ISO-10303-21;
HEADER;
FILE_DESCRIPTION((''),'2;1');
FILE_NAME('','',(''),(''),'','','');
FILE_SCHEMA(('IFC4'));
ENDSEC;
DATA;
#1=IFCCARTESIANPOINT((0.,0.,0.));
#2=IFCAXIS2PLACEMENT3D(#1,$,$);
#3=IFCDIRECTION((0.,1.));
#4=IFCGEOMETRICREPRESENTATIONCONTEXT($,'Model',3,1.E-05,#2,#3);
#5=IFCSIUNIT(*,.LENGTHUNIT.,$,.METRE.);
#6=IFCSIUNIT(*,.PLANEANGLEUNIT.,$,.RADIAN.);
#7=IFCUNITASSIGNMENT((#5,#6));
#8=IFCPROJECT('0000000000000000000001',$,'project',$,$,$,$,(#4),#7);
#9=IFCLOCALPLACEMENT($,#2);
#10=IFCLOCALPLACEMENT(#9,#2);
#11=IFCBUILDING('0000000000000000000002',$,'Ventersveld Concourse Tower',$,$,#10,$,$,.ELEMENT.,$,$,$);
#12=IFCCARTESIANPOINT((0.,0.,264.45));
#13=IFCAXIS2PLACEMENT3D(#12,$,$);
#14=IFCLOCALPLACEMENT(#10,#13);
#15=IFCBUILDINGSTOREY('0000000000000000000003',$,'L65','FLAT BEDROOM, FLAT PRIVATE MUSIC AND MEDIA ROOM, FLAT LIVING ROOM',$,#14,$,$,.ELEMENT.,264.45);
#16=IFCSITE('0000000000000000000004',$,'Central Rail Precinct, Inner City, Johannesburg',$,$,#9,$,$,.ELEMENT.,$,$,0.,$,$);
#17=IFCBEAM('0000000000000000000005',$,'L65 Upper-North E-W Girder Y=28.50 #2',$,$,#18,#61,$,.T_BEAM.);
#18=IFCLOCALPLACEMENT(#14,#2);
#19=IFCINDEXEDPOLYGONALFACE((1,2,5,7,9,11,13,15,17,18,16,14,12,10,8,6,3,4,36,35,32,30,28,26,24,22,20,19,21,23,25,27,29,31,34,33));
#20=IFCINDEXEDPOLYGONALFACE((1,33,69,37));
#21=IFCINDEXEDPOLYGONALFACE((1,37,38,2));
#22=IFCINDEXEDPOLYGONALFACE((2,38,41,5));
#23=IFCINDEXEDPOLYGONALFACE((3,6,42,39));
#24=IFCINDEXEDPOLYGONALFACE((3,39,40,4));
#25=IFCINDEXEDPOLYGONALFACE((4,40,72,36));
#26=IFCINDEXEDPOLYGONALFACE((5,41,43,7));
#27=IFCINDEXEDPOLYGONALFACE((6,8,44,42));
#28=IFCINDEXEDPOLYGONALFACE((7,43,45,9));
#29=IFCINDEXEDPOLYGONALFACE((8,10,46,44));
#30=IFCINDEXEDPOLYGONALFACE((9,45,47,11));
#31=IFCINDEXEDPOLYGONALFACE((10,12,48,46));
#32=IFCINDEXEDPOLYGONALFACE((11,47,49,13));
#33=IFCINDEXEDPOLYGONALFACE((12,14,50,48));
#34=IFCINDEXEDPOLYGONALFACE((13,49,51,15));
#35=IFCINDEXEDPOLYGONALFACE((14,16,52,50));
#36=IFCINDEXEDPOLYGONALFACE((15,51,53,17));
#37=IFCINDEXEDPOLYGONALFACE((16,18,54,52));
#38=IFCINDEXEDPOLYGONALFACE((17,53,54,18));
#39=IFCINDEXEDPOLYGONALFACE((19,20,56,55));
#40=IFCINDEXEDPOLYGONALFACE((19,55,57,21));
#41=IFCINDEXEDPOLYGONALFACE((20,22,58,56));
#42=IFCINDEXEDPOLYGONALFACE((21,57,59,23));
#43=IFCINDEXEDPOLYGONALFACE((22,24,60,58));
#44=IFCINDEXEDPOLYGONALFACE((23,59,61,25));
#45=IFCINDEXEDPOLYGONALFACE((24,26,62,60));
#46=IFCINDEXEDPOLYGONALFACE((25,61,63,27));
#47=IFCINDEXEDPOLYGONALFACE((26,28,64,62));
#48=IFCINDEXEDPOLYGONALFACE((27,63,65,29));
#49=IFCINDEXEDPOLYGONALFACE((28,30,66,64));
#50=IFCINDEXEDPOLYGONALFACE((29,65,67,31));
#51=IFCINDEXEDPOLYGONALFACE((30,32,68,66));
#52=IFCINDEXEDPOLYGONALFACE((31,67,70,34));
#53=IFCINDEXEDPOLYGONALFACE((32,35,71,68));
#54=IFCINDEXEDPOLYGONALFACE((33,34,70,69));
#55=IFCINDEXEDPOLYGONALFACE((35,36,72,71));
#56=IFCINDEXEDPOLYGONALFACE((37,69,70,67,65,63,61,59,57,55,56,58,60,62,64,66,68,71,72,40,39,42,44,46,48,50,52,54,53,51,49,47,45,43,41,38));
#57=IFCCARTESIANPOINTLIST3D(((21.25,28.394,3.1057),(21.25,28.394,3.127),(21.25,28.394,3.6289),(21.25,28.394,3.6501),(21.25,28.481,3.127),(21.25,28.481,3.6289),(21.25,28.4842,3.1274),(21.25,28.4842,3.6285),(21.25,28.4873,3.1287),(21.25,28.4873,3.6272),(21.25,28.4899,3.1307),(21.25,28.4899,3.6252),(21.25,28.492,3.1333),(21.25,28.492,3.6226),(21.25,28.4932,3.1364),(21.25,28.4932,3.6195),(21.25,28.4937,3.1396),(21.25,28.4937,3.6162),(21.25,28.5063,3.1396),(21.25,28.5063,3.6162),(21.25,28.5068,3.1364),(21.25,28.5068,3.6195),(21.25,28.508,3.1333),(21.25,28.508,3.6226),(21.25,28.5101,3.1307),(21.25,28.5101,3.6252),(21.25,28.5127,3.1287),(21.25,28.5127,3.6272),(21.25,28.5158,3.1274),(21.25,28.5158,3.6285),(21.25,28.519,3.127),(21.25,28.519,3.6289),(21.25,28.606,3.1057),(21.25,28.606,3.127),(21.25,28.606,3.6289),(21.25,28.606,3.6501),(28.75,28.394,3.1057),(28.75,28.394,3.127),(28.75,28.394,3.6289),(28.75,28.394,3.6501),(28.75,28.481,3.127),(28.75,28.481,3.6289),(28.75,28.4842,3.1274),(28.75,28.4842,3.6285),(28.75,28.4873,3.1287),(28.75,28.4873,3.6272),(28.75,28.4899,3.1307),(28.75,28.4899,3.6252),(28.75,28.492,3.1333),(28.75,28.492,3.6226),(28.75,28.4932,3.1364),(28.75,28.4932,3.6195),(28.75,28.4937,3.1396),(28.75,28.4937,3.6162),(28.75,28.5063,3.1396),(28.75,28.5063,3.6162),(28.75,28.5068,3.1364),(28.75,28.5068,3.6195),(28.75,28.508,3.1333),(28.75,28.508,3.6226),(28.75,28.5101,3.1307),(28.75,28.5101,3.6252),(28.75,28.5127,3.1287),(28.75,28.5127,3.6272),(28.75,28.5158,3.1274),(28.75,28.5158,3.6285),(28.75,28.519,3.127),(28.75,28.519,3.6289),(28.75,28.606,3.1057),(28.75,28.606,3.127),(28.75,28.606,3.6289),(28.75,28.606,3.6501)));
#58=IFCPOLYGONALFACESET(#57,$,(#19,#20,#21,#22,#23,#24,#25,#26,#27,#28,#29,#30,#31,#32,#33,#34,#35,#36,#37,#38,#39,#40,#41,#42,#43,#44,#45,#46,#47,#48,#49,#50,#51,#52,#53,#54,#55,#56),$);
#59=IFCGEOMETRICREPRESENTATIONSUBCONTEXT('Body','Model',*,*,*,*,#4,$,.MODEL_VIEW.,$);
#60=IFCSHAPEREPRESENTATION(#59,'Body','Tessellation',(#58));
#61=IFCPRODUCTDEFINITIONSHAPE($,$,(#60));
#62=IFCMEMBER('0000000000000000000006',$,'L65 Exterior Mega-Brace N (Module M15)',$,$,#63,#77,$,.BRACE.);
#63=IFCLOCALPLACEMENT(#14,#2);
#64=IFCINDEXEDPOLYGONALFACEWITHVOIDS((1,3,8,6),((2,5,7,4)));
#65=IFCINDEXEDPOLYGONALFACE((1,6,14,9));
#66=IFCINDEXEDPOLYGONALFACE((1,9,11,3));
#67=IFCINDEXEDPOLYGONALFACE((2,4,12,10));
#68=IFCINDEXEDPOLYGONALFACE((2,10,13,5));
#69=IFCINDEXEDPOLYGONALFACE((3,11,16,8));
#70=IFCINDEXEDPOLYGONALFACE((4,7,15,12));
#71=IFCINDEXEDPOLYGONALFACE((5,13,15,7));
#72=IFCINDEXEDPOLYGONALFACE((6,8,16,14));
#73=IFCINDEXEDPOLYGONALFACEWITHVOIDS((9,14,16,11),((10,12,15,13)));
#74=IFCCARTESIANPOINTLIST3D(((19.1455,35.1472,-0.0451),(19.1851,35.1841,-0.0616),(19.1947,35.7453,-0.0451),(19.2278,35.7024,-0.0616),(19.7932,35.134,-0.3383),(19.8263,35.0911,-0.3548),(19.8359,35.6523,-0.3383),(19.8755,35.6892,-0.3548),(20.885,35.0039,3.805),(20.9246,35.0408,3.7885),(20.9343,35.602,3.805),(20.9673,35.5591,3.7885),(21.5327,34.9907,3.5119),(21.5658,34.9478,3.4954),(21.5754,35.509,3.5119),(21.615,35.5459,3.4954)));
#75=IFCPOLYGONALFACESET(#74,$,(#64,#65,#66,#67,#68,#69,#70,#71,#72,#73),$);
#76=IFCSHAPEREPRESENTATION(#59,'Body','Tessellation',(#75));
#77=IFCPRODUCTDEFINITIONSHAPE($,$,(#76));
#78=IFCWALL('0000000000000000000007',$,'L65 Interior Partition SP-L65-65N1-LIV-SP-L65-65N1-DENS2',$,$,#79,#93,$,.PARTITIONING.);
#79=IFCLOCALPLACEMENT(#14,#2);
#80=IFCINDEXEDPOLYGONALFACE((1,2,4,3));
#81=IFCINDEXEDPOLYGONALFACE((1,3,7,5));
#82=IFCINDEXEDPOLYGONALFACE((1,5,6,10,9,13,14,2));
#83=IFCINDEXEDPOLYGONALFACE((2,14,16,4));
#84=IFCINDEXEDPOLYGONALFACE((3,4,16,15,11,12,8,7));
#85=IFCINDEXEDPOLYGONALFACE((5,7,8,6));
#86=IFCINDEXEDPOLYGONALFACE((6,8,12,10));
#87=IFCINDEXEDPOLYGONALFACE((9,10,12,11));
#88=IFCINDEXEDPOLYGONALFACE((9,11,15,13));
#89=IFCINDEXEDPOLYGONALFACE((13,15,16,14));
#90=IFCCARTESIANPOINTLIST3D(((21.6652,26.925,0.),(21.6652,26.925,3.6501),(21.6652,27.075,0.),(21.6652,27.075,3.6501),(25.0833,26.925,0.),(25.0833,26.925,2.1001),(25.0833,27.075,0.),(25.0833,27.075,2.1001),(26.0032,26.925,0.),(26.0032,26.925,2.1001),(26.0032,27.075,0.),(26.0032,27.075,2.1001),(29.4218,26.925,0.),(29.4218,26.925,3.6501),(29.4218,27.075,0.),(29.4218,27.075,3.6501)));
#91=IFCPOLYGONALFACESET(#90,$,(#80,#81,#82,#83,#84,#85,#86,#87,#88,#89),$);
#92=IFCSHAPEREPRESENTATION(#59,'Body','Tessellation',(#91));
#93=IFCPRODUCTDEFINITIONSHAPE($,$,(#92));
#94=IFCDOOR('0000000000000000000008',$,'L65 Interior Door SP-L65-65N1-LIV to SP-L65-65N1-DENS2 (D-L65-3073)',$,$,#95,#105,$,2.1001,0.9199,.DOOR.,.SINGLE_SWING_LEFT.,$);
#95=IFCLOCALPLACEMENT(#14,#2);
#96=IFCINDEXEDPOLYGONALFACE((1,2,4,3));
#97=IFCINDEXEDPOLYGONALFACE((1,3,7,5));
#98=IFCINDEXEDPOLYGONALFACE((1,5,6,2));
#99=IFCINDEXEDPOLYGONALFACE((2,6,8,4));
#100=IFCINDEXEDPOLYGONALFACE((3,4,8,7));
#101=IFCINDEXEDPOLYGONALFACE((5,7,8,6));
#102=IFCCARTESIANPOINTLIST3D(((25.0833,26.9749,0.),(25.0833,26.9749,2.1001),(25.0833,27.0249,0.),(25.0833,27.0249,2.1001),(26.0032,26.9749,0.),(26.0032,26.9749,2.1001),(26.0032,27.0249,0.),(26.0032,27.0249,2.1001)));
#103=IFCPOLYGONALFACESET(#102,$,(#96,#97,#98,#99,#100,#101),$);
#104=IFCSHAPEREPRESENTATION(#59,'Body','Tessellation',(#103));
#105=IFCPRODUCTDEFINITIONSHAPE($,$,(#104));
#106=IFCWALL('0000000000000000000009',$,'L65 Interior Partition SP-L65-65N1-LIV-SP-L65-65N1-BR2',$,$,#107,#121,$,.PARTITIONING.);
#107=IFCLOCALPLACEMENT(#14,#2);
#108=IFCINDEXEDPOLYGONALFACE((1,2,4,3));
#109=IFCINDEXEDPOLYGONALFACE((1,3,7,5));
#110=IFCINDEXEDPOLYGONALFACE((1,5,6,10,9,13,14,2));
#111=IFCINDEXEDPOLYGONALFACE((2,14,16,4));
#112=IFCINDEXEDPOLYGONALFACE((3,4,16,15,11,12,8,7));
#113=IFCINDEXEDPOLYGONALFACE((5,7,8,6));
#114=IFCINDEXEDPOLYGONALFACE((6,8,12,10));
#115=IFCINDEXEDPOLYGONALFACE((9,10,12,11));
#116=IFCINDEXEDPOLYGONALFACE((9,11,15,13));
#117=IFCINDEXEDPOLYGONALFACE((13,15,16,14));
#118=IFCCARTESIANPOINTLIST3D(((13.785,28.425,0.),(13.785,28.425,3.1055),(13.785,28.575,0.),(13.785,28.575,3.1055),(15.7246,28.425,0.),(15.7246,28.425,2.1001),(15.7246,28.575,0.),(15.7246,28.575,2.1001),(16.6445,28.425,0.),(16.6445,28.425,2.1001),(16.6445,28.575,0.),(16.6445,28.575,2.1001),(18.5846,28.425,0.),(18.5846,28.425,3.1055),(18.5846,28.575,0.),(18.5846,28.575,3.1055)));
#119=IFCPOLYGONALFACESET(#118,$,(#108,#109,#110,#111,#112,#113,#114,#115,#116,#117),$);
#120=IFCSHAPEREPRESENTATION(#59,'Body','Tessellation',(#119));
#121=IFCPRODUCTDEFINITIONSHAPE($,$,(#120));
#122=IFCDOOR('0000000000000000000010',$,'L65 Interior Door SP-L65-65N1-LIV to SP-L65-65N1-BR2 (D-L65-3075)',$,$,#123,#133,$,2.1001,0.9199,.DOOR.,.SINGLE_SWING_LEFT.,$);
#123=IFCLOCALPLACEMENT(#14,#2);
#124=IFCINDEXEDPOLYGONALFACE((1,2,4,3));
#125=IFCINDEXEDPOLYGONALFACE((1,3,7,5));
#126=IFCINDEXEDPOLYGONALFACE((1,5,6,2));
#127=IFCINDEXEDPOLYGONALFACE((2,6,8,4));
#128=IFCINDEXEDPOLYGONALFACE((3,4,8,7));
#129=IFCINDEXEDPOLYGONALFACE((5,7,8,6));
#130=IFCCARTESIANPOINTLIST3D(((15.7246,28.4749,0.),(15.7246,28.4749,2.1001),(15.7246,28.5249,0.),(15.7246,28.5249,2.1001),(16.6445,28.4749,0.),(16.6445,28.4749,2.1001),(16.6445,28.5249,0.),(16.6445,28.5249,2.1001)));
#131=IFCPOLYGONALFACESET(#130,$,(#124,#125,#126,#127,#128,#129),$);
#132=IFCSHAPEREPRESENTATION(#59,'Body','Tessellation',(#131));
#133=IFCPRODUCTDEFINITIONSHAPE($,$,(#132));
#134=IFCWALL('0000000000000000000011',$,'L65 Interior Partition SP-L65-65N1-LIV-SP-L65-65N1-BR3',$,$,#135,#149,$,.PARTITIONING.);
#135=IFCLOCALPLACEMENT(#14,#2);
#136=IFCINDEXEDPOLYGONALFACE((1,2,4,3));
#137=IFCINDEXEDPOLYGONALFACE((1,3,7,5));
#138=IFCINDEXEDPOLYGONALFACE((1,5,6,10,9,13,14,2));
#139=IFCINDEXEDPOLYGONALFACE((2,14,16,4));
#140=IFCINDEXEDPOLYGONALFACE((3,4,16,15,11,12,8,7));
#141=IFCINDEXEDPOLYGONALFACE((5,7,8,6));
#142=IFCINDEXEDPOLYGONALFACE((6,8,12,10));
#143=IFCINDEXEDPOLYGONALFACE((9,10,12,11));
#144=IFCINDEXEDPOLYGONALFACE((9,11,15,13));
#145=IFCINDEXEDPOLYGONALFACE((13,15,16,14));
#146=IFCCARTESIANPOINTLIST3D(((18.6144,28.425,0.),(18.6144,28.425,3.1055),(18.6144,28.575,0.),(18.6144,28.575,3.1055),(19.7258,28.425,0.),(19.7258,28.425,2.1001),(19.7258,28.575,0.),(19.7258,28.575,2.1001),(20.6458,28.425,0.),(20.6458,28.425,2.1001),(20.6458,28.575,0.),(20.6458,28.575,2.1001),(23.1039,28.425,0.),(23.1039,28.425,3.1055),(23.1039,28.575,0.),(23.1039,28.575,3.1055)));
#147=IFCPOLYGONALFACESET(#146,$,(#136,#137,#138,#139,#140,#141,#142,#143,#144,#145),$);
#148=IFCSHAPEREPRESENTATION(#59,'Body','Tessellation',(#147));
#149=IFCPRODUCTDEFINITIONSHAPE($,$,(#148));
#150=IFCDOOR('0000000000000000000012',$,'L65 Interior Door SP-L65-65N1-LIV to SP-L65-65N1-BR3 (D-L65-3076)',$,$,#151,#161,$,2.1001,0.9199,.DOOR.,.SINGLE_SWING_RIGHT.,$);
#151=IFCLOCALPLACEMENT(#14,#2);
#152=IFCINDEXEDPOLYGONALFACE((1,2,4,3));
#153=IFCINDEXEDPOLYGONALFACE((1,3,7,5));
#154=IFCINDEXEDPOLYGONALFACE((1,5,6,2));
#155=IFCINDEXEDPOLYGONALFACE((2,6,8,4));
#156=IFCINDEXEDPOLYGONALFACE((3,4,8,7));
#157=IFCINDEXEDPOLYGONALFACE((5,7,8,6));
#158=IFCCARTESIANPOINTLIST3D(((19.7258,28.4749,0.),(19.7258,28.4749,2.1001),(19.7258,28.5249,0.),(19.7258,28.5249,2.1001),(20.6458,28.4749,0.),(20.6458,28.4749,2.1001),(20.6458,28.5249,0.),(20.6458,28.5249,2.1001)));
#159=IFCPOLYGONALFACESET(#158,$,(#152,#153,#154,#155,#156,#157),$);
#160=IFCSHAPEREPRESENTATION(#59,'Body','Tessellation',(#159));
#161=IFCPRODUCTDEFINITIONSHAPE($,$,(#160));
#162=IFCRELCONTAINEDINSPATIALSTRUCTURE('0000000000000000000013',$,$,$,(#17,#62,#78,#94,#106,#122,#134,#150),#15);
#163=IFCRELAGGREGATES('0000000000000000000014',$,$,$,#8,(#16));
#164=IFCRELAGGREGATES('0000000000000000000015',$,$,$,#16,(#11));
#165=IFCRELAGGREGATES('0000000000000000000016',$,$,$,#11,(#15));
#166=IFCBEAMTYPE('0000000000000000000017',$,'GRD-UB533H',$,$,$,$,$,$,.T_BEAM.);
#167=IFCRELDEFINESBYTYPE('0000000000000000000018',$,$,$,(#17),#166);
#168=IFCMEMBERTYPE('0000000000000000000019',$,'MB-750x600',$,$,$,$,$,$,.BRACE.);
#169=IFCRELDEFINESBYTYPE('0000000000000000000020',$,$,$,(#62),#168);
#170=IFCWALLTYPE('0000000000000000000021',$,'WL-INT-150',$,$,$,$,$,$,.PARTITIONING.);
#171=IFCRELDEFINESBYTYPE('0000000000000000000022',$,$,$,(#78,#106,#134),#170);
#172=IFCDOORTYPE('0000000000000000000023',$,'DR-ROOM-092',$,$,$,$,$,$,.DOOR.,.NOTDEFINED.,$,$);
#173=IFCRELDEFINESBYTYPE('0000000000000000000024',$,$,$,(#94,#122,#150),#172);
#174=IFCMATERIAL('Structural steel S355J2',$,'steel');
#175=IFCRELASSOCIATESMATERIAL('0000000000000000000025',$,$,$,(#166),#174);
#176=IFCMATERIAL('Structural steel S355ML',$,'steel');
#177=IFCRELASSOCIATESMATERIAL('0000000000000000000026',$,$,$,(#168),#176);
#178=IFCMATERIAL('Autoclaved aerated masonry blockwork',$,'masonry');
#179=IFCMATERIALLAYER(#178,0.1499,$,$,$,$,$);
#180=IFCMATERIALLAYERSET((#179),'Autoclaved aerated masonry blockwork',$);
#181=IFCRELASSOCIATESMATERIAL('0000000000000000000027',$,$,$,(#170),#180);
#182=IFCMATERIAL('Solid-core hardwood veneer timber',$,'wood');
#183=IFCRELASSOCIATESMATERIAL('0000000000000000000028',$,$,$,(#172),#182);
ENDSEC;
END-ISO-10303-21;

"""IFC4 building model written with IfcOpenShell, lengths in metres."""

from ifc_helpers import new_model, si_unit, direction, frame, frame_2d, origin, origin_2d, place, context, subcontext, project, spatial, rectangle, hollow_rectangle, i_section, extrude, material, layer, layer_set, material_profile, profile_set, type_object, element, fill, save


model = new_model("IFC4")

# Units and contexts
model_context = context("Model", 3, precision=1e-05, world=origin(), true_north=direction((0.0, 1.0)))
body_context = subcontext(model_context, "Body", "Model", "MODEL_VIEW")
ifc_project = project(units=[si_unit("LENGTHUNIT", "METRE"), si_unit("PLANEANGLEUNIT", "RADIAN")], contexts=[model_context])

# Site, building, storey
site_placement = place(None, origin())
site = spatial("IfcSite", under=ifc_project, at=site_placement, Name="Central Rail Precinct, Inner City, Johannesburg", CompositionType="ELEMENT", RefElevation=0.0)
building_placement = place(site_placement, origin())
building = spatial("IfcBuilding", under=site, at=building_placement, Name="Ventersveld Concourse Tower", CompositionType="ELEMENT")
storey_placement = place(building_placement, frame((0.0, 0.0, 264.45)))
storey = spatial("IfcBuildingStorey", under=building, at=storey_placement, Name="L65", Description="FLAT BEDROOM, FLAT PRIVATE MUSIC AND MEDIA ROOM, FLAT LIVING ROOM", CompositionType="ELEMENT", Elevation=264.45)

# Beam
ifc_material_1 = material(Name="Structural steel S355J2", Category="steel")
ifc_material_profile_1 = material_profile(ifc_material_1, i_section(OverallWidth=0.2119, OverallDepth=0.5444, WebThickness=0.0127, FlangeThickness=0.0212, FilletRadius=0.0127, at=origin_2d()), Name="UB 533x210x122")
ifc_profile_set_1 = profile_set([ifc_material_profile_1], Name="Structural steel S355J2")
beam_type_1 = type_object("IfcBeamType", Name="GRD-UB533H", PredefinedType="T_BEAM", material=ifc_profile_set_1)
for number, where, z_axis, x_axis, name in (
    (1, (21.25, 28.5, 3.3779), (1.0, 0.0, 0.0), (0.0, 1.0, 0.0), "L65 Upper-North E-W Girder Y=28.50 #2"),
):
    element("IfcBeam", number, at=place(storey_placement, frame(where, z_axis=z_axis, x_axis=x_axis)), inside=storey, type_object=beam_type_1, Name=name, PredefinedType="T_BEAM", context=body_context, shape_type="SweptSolid", body=[
        extrude(i_section(OverallWidth=0.2119, OverallDepth=0.5444, WebThickness=0.0127, FlangeThickness=0.0212, FilletRadius=0.0127, at=origin_2d()), origin(), (0.0, 0.0, 1.0), 7.5),
    ])

# Member
ifc_material_2 = material(Name="Structural steel S355ML", Category="steel")
ifc_material_profile_2 = material_profile(ifc_material_2, hollow_rectangle(XDim=0.6001, YDim=0.75, WallThickness=0.04, at=origin_2d()), Name="BOX 750x600x40")
ifc_profile_set_2 = profile_set([ifc_material_profile_2], Name="Structural steel S355ML")
member_type = type_object("IfcMemberType", Name="MB-750x600", PredefinedType="BRACE", material=ifc_profile_set_2)
member_placement = place(storey_placement, frame((19.5105, 35.4182, -0.2), z_axis=(0.411497, -0.033902, 0.91078), x_axis=(0.082108, 0.996623, 0.0)))
element("IfcMember", 2, at=member_placement, inside=storey, type_object=member_type, Name="L65 Exterior Mega-Brace N (Module M15)", PredefinedType="BRACE", context=body_context, shape_type="SweptSolid", body=[
    extrude(hollow_rectangle(XDim=0.6001, YDim=0.75, WallThickness=0.04, at=origin_2d()), origin(), (0.0, 0.0, 1.0), 4.2273),
])

# Walls, openings, doors
ifc_material_3 = material(Name="Autoclaved aerated masonry blockwork", Category="masonry")
ifc_layer = layer(ifc_material_3, 0.1499)
ifc_layer_set = layer_set([ifc_layer], Name="Autoclaved aerated masonry blockwork")
wall_type = type_object("IfcWallType", Name="WL-INT-150", PredefinedType="PARTITIONING", material=ifc_layer_set)
wall_1_placement = place(storey_placement, frame((21.665, 27.0, 0.0), z_axis=(0.0, 0.0, 1.0), x_axis=(1.0, 0.0, 0.0)))
wall_1 = element("IfcWall", 3, at=wall_1_placement, inside=storey, type_object=wall_type, Name="L65 Interior Partition SP-L65-65N1-LIV-SP-L65-65N1-DENS2", PredefinedType="PARTITIONING", context=body_context, shape_type="SweptSolid", body=[
    extrude(rectangle(XDim=7.7566, YDim=0.1499, at=frame_2d((3.8784, 0.0))), origin(), (0.0, 0.0, 1.0), 3.6501),
])
opening_1_placement = place(wall_1_placement, frame((3.4182, 0.0, 0.0)))
opening_1 = element("IfcOpeningElement", 4, at=opening_1_placement, cuts=wall_1, PredefinedType="OPENING", context=body_context, shape_type="SweptSolid", body=[
    extrude(rectangle(XDim=0.9199, YDim=2.1001, at=frame_2d((0.46, 1.05))), frame((0.0, 0.085, 0.0), z_axis=(0.0, -1.0, 0.0), x_axis=(1.0, 0.0, 0.0)), (0.0, 0.0, 1.0), 0.1699),
])
ifc_material_4 = material(Name="Solid-core hardwood veneer timber", Category="wood")
door_type = type_object("IfcDoorType", Name="DR-ROOM-092", OperationType="NOTDEFINED", PredefinedType="DOOR", material=ifc_material_4)
door_1_placement = place(opening_1_placement, origin())
door_1 = element("IfcDoor", 5, at=door_1_placement, inside=storey, type_object=door_type, Name="L65 Interior Door SP-L65-65N1-LIV to SP-L65-65N1-DENS2 (D-L65-3073)", OperationType="SINGLE_SWING_LEFT", OverallHeight=2.1001, OverallWidth=0.9199, PredefinedType="DOOR", context=body_context, shape_type="SweptSolid", body=[
    extrude(rectangle(XDim=0.9199, YDim=2.1001, at=frame_2d((0.46, 1.05))), frame((0.0, 0.0249, 0.0), z_axis=(0.0, -1.0, 0.0), x_axis=(1.0, 0.0, 0.0)), (0.0, 0.0, 1.0), 0.05),
])
fill(opening_1, door_1)
wall_2_placement = place(storey_placement, frame((13.7849, 28.5, 0.0), z_axis=(0.0, 0.0, 1.0), x_axis=(1.0, 0.0, 0.0)))
wall_2 = element("IfcWall", 6, at=wall_2_placement, inside=storey, type_object=wall_type, Name="L65 Interior Partition SP-L65-65N1-LIV-SP-L65-65N1-BR2", PredefinedType="PARTITIONING", context=body_context, shape_type="SweptSolid", body=[
    extrude(rectangle(XDim=4.7996, YDim=0.1499, at=frame_2d((2.3999, 0.0))), origin(), (0.0, 0.0, 1.0), 3.1055),
])
opening_2_placement = place(wall_2_placement, frame((1.9397, 0.0, 0.0)))
opening_2 = element("IfcOpeningElement", 7, at=opening_2_placement, cuts=wall_2, PredefinedType="OPENING", context=body_context, shape_type="SweptSolid", body=[
    extrude(rectangle(XDim=0.9199, YDim=2.1001, at=frame_2d((0.46, 1.05))), frame((0.0, 0.085, 0.0), z_axis=(0.0, -1.0, 0.0), x_axis=(1.0, 0.0, 0.0)), (0.0, 0.0, 1.0), 0.1699),
])
door_2_placement = place(opening_2_placement, origin())
door_2 = element("IfcDoor", 8, at=door_2_placement, inside=storey, type_object=door_type, Name="L65 Interior Door SP-L65-65N1-LIV to SP-L65-65N1-BR2 (D-L65-3075)", OperationType="SINGLE_SWING_LEFT", OverallHeight=2.1001, OverallWidth=0.9199, PredefinedType="DOOR", context=body_context, shape_type="SweptSolid", body=[
    extrude(rectangle(XDim=0.9199, YDim=2.1001, at=frame_2d((0.46, 1.05))), frame((0.0, 0.0249, 0.0), z_axis=(0.0, -1.0, 0.0), x_axis=(1.0, 0.0, 0.0)), (0.0, 0.0, 1.0), 0.05),
])
fill(opening_2, door_2)
wall_3_placement = place(storey_placement, frame((18.6145, 28.5, 0.0), z_axis=(0.0, 0.0, 1.0), x_axis=(1.0, 0.0, 0.0)))
wall_3 = element("IfcWall", 9, at=wall_3_placement, inside=storey, type_object=wall_type, Name="L65 Interior Partition SP-L65-65N1-LIV-SP-L65-65N1-BR3", PredefinedType="PARTITIONING", context=body_context, shape_type="SweptSolid", body=[
    extrude(rectangle(XDim=4.4895, YDim=0.1499, at=frame_2d((2.2446, 0.0))), origin(), (0.0, 0.0, 1.0), 3.1055),
])
opening_3_placement = place(wall_3_placement, frame((1.1113, 0.0, 0.0)))
opening_3 = element("IfcOpeningElement", 10, at=opening_3_placement, cuts=wall_3, PredefinedType="OPENING", context=body_context, shape_type="SweptSolid", body=[
    extrude(rectangle(XDim=0.9199, YDim=2.1001, at=frame_2d((0.46, 1.05))), frame((0.0, 0.085, 0.0), z_axis=(0.0, -1.0, 0.0), x_axis=(1.0, 0.0, 0.0)), (0.0, 0.0, 1.0), 0.1699),
])
door_3_placement = place(opening_3_placement, origin())
door_3 = element("IfcDoor", 11, at=door_3_placement, inside=storey, type_object=door_type, Name="L65 Interior Door SP-L65-65N1-LIV to SP-L65-65N1-BR3 (D-L65-3076)", OperationType="SINGLE_SWING_RIGHT", OverallHeight=2.1001, OverallWidth=0.9199, PredefinedType="DOOR", context=body_context, shape_type="SweptSolid", body=[
    extrude(rectangle(XDim=0.9199, YDim=2.1001, at=frame_2d((0.46, 1.05))), frame((0.0, 0.0249, 0.0), z_axis=(0.0, -1.0, 0.0), x_axis=(1.0, 0.0, 0.0)), (0.0, 0.0, 1.0), 0.05),
])
fill(opening_3, door_3)

save(model, "model.ifc")
